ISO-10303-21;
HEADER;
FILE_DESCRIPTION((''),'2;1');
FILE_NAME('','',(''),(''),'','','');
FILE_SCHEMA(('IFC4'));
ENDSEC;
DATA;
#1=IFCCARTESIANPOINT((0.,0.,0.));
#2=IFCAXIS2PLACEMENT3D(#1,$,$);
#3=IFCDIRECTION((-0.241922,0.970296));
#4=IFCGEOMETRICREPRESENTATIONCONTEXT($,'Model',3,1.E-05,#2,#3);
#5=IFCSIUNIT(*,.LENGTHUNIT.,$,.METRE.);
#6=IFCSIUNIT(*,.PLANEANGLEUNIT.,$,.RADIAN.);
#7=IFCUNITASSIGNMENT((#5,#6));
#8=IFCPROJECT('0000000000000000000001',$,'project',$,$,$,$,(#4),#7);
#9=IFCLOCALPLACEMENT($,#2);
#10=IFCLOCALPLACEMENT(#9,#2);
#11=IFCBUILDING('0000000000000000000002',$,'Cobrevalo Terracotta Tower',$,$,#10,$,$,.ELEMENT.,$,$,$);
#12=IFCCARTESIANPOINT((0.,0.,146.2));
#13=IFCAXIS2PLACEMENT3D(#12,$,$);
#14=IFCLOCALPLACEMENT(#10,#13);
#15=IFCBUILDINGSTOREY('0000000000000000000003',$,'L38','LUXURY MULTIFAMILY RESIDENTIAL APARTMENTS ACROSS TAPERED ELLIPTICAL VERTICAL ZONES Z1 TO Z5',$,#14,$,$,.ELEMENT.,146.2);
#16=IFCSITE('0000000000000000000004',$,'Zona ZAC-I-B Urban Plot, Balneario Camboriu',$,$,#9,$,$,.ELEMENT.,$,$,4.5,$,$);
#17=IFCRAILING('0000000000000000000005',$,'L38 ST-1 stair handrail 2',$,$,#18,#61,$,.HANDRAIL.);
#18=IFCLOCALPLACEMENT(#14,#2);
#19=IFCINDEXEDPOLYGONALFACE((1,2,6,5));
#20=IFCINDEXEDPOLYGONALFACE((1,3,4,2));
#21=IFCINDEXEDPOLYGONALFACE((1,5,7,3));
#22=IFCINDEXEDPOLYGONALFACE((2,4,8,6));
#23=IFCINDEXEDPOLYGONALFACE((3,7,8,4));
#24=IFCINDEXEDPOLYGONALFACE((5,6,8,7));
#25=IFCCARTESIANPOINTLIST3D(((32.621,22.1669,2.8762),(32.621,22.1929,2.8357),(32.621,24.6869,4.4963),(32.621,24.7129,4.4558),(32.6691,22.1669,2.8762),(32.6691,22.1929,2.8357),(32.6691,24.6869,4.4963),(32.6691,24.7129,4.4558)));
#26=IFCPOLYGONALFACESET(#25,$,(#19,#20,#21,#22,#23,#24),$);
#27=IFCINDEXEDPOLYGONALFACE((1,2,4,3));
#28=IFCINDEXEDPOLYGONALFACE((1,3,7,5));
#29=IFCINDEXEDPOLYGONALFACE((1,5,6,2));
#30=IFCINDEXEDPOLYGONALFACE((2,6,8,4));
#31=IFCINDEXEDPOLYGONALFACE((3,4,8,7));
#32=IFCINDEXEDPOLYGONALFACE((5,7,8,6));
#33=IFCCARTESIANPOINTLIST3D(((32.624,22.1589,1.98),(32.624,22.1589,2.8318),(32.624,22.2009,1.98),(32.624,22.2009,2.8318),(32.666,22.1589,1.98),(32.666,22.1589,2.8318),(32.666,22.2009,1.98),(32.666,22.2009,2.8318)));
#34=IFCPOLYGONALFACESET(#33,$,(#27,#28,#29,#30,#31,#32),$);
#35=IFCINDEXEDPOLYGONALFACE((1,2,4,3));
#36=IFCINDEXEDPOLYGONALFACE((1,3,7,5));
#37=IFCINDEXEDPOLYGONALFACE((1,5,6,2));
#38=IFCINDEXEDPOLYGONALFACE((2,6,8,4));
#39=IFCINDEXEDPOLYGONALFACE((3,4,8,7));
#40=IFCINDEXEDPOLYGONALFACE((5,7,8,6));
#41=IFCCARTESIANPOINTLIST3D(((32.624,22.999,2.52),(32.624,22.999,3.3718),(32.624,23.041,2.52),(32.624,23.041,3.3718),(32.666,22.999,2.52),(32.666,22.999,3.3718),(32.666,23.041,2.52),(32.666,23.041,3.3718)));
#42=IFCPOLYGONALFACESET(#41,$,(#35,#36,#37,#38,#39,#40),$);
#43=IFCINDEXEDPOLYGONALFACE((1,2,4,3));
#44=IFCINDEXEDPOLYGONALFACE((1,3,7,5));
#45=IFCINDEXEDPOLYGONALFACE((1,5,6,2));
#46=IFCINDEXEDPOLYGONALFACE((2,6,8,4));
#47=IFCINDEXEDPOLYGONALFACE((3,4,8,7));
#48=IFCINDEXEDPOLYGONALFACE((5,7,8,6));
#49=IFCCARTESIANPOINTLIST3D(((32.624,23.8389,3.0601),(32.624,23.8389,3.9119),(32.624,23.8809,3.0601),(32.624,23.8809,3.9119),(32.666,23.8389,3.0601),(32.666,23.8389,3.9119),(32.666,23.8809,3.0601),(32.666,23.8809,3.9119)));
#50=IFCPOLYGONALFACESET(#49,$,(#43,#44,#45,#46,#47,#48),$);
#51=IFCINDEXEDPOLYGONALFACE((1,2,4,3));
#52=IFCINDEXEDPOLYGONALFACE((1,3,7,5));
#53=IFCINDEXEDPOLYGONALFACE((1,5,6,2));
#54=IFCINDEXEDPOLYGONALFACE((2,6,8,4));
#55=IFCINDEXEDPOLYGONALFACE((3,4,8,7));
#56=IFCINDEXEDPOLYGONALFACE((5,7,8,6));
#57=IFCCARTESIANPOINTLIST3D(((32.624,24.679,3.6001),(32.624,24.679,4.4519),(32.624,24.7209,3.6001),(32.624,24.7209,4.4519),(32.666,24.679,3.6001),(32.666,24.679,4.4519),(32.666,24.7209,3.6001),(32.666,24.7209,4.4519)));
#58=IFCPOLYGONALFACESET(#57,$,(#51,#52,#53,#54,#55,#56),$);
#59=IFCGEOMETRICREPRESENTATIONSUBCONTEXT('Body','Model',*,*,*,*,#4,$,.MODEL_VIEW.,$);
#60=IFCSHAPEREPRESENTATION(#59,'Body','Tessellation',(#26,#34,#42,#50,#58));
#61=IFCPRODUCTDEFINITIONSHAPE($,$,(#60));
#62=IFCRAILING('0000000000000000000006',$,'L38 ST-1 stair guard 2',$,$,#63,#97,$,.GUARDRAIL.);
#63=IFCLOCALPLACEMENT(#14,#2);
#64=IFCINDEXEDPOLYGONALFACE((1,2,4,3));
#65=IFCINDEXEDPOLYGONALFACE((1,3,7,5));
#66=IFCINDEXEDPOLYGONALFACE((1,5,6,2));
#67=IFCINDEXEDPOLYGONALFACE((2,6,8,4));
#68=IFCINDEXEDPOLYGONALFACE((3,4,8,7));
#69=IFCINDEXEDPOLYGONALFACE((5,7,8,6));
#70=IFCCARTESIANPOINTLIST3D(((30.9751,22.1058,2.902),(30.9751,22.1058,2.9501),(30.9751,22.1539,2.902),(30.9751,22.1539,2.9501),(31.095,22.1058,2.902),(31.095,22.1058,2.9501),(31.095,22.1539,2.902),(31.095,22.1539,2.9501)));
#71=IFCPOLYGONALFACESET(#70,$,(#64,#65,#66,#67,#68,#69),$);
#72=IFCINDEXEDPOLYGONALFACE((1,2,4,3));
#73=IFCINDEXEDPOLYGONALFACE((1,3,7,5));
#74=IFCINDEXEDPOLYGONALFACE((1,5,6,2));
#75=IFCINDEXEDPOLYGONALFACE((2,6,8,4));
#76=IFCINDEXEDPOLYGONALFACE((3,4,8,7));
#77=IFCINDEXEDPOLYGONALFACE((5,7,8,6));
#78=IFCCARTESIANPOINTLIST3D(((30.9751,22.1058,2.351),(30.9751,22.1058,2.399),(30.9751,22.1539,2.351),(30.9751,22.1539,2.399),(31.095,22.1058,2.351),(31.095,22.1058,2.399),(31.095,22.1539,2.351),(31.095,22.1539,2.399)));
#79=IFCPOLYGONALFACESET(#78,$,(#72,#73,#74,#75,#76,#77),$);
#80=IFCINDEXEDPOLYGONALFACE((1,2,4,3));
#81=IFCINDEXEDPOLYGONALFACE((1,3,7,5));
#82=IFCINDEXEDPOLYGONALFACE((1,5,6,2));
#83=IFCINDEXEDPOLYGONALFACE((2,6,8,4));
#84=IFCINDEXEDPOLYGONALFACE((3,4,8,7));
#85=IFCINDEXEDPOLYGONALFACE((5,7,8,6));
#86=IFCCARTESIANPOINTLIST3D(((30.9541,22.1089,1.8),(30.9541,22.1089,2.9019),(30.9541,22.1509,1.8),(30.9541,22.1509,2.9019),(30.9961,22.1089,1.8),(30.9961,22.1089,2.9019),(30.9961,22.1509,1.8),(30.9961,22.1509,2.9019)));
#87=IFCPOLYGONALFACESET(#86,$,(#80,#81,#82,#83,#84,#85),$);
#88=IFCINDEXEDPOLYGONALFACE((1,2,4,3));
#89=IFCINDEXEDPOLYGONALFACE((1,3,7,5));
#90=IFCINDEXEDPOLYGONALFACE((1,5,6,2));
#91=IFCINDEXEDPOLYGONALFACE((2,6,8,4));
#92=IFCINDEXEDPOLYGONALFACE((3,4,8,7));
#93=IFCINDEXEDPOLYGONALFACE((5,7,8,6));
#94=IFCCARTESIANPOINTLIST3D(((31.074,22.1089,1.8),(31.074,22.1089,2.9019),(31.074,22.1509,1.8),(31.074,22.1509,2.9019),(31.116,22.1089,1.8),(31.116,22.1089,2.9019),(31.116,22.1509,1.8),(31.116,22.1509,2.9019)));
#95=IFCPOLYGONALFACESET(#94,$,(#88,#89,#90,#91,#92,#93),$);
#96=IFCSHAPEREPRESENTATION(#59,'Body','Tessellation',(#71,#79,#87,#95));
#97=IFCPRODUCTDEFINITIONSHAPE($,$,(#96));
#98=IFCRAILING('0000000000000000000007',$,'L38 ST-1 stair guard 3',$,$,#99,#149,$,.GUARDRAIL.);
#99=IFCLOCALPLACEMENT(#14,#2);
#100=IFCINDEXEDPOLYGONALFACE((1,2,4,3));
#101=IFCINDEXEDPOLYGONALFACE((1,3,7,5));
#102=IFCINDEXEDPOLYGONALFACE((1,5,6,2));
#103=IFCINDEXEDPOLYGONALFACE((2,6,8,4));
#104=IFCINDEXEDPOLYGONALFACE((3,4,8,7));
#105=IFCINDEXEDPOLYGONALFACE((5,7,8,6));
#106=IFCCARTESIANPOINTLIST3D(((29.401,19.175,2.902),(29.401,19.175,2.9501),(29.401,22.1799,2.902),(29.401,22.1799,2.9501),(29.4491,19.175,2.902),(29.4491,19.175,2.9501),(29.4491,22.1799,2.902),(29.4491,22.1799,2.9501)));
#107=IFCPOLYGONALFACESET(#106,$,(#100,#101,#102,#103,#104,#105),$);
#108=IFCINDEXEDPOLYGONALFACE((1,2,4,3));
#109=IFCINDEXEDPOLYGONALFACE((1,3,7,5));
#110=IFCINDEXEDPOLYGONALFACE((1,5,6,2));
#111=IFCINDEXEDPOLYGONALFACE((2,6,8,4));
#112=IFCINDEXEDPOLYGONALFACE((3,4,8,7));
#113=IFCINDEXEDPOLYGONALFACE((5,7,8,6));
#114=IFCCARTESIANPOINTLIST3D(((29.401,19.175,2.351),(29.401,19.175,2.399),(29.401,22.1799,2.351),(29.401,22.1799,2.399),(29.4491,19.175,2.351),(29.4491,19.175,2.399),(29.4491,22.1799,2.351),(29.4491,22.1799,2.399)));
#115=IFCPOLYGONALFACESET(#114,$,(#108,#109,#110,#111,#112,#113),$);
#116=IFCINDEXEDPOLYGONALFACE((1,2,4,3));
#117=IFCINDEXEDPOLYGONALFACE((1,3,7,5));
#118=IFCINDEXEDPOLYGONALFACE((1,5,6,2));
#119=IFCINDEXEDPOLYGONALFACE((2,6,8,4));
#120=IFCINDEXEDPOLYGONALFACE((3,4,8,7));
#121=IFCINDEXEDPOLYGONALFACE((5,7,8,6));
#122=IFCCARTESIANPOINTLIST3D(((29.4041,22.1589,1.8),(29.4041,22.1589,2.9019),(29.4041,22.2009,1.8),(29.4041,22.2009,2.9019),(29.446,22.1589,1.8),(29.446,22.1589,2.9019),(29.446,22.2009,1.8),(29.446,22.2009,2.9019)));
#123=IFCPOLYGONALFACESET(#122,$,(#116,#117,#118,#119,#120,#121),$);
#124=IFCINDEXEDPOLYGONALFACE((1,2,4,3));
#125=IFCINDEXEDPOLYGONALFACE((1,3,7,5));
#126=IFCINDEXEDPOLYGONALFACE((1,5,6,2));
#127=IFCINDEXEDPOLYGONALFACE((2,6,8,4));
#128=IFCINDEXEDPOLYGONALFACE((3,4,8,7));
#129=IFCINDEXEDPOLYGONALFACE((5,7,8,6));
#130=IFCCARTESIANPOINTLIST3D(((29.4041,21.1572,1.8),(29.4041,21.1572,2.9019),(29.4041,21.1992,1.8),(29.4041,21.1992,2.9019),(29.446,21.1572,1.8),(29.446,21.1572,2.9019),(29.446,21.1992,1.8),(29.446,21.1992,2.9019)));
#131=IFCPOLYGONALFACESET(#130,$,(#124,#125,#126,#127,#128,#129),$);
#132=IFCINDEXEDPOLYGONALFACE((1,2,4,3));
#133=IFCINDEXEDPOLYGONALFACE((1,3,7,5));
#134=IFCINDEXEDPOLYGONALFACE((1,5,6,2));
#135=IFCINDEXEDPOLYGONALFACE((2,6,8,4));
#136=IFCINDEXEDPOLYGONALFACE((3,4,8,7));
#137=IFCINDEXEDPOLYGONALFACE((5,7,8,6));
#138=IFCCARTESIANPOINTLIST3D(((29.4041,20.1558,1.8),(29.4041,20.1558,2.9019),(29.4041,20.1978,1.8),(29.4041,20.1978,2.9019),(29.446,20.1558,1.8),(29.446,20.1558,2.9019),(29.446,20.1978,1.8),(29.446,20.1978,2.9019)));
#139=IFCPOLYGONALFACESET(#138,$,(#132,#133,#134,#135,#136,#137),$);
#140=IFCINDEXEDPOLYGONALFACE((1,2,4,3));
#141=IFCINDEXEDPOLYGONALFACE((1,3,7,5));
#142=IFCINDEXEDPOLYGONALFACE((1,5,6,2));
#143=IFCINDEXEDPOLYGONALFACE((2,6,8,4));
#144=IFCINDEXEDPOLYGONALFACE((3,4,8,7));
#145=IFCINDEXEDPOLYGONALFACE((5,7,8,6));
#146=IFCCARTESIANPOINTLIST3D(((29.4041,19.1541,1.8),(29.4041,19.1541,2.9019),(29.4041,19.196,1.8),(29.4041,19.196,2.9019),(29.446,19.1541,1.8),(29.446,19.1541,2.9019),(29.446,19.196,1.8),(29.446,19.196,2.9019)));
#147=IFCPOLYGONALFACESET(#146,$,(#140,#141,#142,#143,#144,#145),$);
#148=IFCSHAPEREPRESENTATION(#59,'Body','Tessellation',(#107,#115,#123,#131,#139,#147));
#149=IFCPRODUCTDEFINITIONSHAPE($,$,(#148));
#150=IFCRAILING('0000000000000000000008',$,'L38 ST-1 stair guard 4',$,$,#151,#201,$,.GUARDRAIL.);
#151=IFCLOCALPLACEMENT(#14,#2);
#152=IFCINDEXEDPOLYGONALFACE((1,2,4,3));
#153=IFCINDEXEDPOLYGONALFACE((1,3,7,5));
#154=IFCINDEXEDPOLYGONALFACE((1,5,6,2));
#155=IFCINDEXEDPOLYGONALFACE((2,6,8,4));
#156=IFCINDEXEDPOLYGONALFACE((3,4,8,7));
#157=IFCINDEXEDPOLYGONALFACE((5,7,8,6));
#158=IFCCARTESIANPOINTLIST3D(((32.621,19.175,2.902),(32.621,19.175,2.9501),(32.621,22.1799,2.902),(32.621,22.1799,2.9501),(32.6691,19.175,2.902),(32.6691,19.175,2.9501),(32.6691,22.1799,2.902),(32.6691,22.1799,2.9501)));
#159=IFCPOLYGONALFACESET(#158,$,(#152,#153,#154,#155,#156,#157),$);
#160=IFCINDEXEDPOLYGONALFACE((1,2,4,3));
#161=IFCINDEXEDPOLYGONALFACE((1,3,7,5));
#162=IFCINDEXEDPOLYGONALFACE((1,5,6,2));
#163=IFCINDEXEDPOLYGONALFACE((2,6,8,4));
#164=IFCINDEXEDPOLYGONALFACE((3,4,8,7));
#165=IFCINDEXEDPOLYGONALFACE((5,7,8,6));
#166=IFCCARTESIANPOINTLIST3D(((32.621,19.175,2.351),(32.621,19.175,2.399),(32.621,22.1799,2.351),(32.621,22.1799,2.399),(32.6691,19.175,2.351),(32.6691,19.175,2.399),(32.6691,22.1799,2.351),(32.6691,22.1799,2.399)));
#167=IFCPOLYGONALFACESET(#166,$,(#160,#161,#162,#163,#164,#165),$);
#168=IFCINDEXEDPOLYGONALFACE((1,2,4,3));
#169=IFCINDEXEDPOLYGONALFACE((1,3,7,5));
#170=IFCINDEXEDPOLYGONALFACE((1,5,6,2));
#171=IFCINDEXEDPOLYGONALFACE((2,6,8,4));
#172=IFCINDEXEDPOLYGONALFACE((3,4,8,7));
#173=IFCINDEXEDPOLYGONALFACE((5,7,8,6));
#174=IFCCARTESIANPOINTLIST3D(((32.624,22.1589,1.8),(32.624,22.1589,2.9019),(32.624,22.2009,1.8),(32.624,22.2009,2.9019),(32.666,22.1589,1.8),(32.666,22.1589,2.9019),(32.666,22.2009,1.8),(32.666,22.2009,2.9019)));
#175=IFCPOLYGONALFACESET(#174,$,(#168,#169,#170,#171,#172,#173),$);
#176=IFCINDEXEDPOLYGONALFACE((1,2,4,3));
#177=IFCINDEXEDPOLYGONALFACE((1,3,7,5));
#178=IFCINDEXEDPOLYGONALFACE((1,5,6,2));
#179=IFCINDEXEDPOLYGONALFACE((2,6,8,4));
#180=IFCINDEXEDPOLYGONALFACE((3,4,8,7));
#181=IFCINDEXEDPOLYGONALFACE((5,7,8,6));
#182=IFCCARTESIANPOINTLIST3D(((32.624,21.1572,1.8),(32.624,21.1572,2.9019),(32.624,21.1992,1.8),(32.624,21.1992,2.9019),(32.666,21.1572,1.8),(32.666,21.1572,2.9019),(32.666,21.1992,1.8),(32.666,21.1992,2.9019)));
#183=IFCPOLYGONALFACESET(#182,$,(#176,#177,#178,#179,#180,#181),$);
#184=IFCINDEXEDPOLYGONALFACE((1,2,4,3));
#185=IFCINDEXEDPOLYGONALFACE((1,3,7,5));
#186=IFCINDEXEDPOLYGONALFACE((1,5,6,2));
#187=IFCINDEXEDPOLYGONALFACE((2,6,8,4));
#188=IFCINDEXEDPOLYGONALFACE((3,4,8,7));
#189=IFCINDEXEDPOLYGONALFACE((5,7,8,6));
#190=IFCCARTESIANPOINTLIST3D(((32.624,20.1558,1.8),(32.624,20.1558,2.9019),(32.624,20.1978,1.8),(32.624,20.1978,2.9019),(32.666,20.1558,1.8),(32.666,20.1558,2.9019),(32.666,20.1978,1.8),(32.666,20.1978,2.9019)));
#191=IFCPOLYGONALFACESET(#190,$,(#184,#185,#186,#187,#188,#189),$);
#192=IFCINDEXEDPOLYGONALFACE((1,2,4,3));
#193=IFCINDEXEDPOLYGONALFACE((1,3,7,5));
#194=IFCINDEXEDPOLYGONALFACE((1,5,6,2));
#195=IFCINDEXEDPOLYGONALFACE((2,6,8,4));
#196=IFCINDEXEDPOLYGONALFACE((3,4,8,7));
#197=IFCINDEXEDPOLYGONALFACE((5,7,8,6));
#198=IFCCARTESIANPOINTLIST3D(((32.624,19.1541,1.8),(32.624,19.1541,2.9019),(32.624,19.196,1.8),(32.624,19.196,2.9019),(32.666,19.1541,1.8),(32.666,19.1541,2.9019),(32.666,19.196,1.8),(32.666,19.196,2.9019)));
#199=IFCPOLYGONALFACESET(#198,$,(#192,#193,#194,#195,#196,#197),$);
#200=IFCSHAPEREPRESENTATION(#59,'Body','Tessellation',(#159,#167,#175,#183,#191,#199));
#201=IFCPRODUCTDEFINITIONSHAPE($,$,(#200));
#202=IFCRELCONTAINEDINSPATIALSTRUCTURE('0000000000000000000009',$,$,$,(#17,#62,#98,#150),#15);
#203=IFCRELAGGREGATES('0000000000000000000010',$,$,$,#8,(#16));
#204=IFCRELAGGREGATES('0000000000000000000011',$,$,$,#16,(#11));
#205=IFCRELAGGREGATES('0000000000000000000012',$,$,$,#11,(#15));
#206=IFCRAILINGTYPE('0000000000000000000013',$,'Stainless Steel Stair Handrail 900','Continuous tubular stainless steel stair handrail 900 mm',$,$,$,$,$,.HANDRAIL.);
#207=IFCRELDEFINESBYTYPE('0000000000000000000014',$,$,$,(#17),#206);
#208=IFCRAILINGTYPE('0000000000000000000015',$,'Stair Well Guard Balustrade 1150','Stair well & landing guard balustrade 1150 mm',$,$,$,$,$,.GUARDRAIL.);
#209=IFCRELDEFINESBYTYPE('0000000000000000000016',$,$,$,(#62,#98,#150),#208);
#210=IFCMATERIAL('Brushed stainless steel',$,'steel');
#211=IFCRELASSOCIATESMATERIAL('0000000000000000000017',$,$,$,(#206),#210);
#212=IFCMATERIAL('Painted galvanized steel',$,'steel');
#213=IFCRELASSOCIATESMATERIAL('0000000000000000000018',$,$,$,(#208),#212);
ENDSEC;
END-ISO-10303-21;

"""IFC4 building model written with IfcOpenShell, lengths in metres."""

from ifc_helpers import new_model, si_unit, direction, frame, origin, origin_2d, place, context, subcontext, project, spatial, rectangle, extrude, material, type_object, element, save


model = new_model("IFC4")

# Units and contexts
model_context = context("Model", 3, precision=1e-05, world=origin(), true_north=direction((-0.241922, 0.970296)))
body_context = subcontext(model_context, "Body", "Model", "MODEL_VIEW")
ifc_project = project(units=[si_unit("LENGTHUNIT", "METRE"), si_unit("PLANEANGLEUNIT", "RADIAN")], contexts=[model_context])

# Site, building, storey
site_placement = place(None, origin())
site = spatial("IfcSite", under=ifc_project, at=site_placement, Name="Zona ZAC-I-B Urban Plot, Balneario Camboriu", CompositionType="ELEMENT", RefElevation=4.5)
building_placement = place(site_placement, origin())
building = spatial("IfcBuilding", under=site, at=building_placement, Name="Cobrevalo Terracotta Tower", CompositionType="ELEMENT")
storey_placement = place(building_placement, frame((0.0, 0.0, 146.2)))
storey = spatial("IfcBuildingStorey", under=building, at=storey_placement, Name="L38", Description="LUXURY MULTIFAMILY RESIDENTIAL APARTMENTS ACROSS TAPERED ELLIPTICAL VERTICAL ZONES Z1 TO Z5", CompositionType="ELEMENT", Elevation=146.2)

# Railings
ifc_material_1 = material(Name="Brushed stainless steel", Category="steel")
railing_type_1 = type_object("IfcRailingType", Name="Stainless Steel Stair Handrail 900", Description="Continuous tubular stainless steel stair handrail 900 mm", PredefinedType="HANDRAIL", material=ifc_material_1)
railing_1_placement = place(storey_placement, frame((32.645, 22.1799, 1.98)))
element("IfcRailing", 1, at=railing_1_placement, inside=storey, type_object=railing_type_1, Name="L38 ST-1 stair handrail 2", PredefinedType="HANDRAIL", context=body_context, shape_type="SweptSolid", body=[
    extrude(rectangle(XDim=0.0481, YDim=0.0481, at=origin_2d()), frame((0.0, 0.0, 0.876), z_axis=(0.0, 0.841163, 0.540782), x_axis=(-1.0, 0.0, 0.0)), (0.0, 0.0, 1.0), 2.9958),
    extrude(rectangle(XDim=0.042, YDim=0.042, at=origin_2d()), origin(), (0.0, 0.0, 1.0), 0.8518),
    extrude(rectangle(XDim=0.042, YDim=0.042, at=origin_2d()), frame((0.0, 0.8401, 0.54)), (0.0, 0.0, 1.0), 0.8518),
    extrude(rectangle(XDim=0.042, YDim=0.042, at=origin_2d()), frame((0.0, 1.6799, 1.0801)), (0.0, 0.0, 1.0), 0.8518),
    extrude(rectangle(XDim=0.042, YDim=0.042, at=origin_2d()), frame((0.0, 2.52, 1.6201)), (0.0, 0.0, 1.0), 0.8518),
])
ifc_material_2 = material(Name="Painted galvanized steel", Category="steel")
railing_type_2 = type_object("IfcRailingType", Name="Stair Well Guard Balustrade 1150", Description="Stair well & landing guard balustrade 1150 mm", PredefinedType="GUARDRAIL", material=ifc_material_2)
railing_2_placement = place(storey_placement, frame((30.9751, 22.1299, 1.8)))
element("IfcRailing", 2, at=railing_2_placement, inside=storey, type_object=railing_type_2, Name="L38 ST-1 stair guard 2", PredefinedType="GUARDRAIL", context=body_context, shape_type="SweptSolid", body=[
    extrude(rectangle(XDim=0.0481, YDim=0.0481, at=origin_2d()), frame((0.0, 0.0, 1.126), z_axis=(1.0, 0.0, 0.0), x_axis=(0.0, 1.0, 0.0)), (0.0, 0.0, 1.0), 0.1199),
    extrude(rectangle(XDim=0.0481, YDim=0.0481, at=origin_2d()), frame((0.0, 0.0, 0.575), z_axis=(1.0, 0.0, 0.0), x_axis=(0.0, 1.0, 0.0)), (0.0, 0.0, 1.0), 0.1199),
    extrude(rectangle(XDim=0.042, YDim=0.042, at=origin_2d()), origin(), (0.0, 0.0, 1.0), 1.1018),
    extrude(rectangle(XDim=0.042, YDim=0.042, at=origin_2d()), frame((0.1199, 0.0, 0.0)), (0.0, 0.0, 1.0), 1.1018),
])
for number, where, name in (
    (3, (29.425, 22.1799, 1.8), "L38 ST-1 stair guard 3"),
    (4, (32.645, 22.1799, 1.8), "L38 ST-1 stair guard 4"),
):
    element("IfcRailing", number, at=place(storey_placement, frame(where)), inside=storey, type_object=railing_type_2, Name=name, PredefinedType="GUARDRAIL", context=body_context, shape_type="SweptSolid", body=[
        extrude(rectangle(XDim=0.0481, YDim=0.0481, at=origin_2d()), frame((0.0, 0.0, 1.126), z_axis=(0.0, -1.0, 0.0), x_axis=(1.0, 0.0, 0.0)), (0.0, 0.0, 1.0), 3.0049),
        extrude(rectangle(XDim=0.0481, YDim=0.0481, at=origin_2d()), frame((0.0, 0.0, 0.575), z_axis=(0.0, -1.0, 0.0), x_axis=(1.0, 0.0, 0.0)), (0.0, 0.0, 1.0), 3.0049),
        extrude(rectangle(XDim=0.042, YDim=0.042, at=origin_2d()), origin(), (0.0, 0.0, 1.0), 1.1018),
        extrude(rectangle(XDim=0.042, YDim=0.042, at=origin_2d()), frame((0.0, -1.0017, 0.0)), (0.0, 0.0, 1.0), 1.1018),
        extrude(rectangle(XDim=0.042, YDim=0.042, at=origin_2d()), frame((0.0, -2.0032, 0.0)), (0.0, 0.0, 1.0), 1.1018),
        extrude(rectangle(XDim=0.042, YDim=0.042, at=origin_2d()), frame((0.0, -3.0049, 0.0)), (0.0, 0.0, 1.0), 1.1018),
    ])

save(model, "model.ifc")
